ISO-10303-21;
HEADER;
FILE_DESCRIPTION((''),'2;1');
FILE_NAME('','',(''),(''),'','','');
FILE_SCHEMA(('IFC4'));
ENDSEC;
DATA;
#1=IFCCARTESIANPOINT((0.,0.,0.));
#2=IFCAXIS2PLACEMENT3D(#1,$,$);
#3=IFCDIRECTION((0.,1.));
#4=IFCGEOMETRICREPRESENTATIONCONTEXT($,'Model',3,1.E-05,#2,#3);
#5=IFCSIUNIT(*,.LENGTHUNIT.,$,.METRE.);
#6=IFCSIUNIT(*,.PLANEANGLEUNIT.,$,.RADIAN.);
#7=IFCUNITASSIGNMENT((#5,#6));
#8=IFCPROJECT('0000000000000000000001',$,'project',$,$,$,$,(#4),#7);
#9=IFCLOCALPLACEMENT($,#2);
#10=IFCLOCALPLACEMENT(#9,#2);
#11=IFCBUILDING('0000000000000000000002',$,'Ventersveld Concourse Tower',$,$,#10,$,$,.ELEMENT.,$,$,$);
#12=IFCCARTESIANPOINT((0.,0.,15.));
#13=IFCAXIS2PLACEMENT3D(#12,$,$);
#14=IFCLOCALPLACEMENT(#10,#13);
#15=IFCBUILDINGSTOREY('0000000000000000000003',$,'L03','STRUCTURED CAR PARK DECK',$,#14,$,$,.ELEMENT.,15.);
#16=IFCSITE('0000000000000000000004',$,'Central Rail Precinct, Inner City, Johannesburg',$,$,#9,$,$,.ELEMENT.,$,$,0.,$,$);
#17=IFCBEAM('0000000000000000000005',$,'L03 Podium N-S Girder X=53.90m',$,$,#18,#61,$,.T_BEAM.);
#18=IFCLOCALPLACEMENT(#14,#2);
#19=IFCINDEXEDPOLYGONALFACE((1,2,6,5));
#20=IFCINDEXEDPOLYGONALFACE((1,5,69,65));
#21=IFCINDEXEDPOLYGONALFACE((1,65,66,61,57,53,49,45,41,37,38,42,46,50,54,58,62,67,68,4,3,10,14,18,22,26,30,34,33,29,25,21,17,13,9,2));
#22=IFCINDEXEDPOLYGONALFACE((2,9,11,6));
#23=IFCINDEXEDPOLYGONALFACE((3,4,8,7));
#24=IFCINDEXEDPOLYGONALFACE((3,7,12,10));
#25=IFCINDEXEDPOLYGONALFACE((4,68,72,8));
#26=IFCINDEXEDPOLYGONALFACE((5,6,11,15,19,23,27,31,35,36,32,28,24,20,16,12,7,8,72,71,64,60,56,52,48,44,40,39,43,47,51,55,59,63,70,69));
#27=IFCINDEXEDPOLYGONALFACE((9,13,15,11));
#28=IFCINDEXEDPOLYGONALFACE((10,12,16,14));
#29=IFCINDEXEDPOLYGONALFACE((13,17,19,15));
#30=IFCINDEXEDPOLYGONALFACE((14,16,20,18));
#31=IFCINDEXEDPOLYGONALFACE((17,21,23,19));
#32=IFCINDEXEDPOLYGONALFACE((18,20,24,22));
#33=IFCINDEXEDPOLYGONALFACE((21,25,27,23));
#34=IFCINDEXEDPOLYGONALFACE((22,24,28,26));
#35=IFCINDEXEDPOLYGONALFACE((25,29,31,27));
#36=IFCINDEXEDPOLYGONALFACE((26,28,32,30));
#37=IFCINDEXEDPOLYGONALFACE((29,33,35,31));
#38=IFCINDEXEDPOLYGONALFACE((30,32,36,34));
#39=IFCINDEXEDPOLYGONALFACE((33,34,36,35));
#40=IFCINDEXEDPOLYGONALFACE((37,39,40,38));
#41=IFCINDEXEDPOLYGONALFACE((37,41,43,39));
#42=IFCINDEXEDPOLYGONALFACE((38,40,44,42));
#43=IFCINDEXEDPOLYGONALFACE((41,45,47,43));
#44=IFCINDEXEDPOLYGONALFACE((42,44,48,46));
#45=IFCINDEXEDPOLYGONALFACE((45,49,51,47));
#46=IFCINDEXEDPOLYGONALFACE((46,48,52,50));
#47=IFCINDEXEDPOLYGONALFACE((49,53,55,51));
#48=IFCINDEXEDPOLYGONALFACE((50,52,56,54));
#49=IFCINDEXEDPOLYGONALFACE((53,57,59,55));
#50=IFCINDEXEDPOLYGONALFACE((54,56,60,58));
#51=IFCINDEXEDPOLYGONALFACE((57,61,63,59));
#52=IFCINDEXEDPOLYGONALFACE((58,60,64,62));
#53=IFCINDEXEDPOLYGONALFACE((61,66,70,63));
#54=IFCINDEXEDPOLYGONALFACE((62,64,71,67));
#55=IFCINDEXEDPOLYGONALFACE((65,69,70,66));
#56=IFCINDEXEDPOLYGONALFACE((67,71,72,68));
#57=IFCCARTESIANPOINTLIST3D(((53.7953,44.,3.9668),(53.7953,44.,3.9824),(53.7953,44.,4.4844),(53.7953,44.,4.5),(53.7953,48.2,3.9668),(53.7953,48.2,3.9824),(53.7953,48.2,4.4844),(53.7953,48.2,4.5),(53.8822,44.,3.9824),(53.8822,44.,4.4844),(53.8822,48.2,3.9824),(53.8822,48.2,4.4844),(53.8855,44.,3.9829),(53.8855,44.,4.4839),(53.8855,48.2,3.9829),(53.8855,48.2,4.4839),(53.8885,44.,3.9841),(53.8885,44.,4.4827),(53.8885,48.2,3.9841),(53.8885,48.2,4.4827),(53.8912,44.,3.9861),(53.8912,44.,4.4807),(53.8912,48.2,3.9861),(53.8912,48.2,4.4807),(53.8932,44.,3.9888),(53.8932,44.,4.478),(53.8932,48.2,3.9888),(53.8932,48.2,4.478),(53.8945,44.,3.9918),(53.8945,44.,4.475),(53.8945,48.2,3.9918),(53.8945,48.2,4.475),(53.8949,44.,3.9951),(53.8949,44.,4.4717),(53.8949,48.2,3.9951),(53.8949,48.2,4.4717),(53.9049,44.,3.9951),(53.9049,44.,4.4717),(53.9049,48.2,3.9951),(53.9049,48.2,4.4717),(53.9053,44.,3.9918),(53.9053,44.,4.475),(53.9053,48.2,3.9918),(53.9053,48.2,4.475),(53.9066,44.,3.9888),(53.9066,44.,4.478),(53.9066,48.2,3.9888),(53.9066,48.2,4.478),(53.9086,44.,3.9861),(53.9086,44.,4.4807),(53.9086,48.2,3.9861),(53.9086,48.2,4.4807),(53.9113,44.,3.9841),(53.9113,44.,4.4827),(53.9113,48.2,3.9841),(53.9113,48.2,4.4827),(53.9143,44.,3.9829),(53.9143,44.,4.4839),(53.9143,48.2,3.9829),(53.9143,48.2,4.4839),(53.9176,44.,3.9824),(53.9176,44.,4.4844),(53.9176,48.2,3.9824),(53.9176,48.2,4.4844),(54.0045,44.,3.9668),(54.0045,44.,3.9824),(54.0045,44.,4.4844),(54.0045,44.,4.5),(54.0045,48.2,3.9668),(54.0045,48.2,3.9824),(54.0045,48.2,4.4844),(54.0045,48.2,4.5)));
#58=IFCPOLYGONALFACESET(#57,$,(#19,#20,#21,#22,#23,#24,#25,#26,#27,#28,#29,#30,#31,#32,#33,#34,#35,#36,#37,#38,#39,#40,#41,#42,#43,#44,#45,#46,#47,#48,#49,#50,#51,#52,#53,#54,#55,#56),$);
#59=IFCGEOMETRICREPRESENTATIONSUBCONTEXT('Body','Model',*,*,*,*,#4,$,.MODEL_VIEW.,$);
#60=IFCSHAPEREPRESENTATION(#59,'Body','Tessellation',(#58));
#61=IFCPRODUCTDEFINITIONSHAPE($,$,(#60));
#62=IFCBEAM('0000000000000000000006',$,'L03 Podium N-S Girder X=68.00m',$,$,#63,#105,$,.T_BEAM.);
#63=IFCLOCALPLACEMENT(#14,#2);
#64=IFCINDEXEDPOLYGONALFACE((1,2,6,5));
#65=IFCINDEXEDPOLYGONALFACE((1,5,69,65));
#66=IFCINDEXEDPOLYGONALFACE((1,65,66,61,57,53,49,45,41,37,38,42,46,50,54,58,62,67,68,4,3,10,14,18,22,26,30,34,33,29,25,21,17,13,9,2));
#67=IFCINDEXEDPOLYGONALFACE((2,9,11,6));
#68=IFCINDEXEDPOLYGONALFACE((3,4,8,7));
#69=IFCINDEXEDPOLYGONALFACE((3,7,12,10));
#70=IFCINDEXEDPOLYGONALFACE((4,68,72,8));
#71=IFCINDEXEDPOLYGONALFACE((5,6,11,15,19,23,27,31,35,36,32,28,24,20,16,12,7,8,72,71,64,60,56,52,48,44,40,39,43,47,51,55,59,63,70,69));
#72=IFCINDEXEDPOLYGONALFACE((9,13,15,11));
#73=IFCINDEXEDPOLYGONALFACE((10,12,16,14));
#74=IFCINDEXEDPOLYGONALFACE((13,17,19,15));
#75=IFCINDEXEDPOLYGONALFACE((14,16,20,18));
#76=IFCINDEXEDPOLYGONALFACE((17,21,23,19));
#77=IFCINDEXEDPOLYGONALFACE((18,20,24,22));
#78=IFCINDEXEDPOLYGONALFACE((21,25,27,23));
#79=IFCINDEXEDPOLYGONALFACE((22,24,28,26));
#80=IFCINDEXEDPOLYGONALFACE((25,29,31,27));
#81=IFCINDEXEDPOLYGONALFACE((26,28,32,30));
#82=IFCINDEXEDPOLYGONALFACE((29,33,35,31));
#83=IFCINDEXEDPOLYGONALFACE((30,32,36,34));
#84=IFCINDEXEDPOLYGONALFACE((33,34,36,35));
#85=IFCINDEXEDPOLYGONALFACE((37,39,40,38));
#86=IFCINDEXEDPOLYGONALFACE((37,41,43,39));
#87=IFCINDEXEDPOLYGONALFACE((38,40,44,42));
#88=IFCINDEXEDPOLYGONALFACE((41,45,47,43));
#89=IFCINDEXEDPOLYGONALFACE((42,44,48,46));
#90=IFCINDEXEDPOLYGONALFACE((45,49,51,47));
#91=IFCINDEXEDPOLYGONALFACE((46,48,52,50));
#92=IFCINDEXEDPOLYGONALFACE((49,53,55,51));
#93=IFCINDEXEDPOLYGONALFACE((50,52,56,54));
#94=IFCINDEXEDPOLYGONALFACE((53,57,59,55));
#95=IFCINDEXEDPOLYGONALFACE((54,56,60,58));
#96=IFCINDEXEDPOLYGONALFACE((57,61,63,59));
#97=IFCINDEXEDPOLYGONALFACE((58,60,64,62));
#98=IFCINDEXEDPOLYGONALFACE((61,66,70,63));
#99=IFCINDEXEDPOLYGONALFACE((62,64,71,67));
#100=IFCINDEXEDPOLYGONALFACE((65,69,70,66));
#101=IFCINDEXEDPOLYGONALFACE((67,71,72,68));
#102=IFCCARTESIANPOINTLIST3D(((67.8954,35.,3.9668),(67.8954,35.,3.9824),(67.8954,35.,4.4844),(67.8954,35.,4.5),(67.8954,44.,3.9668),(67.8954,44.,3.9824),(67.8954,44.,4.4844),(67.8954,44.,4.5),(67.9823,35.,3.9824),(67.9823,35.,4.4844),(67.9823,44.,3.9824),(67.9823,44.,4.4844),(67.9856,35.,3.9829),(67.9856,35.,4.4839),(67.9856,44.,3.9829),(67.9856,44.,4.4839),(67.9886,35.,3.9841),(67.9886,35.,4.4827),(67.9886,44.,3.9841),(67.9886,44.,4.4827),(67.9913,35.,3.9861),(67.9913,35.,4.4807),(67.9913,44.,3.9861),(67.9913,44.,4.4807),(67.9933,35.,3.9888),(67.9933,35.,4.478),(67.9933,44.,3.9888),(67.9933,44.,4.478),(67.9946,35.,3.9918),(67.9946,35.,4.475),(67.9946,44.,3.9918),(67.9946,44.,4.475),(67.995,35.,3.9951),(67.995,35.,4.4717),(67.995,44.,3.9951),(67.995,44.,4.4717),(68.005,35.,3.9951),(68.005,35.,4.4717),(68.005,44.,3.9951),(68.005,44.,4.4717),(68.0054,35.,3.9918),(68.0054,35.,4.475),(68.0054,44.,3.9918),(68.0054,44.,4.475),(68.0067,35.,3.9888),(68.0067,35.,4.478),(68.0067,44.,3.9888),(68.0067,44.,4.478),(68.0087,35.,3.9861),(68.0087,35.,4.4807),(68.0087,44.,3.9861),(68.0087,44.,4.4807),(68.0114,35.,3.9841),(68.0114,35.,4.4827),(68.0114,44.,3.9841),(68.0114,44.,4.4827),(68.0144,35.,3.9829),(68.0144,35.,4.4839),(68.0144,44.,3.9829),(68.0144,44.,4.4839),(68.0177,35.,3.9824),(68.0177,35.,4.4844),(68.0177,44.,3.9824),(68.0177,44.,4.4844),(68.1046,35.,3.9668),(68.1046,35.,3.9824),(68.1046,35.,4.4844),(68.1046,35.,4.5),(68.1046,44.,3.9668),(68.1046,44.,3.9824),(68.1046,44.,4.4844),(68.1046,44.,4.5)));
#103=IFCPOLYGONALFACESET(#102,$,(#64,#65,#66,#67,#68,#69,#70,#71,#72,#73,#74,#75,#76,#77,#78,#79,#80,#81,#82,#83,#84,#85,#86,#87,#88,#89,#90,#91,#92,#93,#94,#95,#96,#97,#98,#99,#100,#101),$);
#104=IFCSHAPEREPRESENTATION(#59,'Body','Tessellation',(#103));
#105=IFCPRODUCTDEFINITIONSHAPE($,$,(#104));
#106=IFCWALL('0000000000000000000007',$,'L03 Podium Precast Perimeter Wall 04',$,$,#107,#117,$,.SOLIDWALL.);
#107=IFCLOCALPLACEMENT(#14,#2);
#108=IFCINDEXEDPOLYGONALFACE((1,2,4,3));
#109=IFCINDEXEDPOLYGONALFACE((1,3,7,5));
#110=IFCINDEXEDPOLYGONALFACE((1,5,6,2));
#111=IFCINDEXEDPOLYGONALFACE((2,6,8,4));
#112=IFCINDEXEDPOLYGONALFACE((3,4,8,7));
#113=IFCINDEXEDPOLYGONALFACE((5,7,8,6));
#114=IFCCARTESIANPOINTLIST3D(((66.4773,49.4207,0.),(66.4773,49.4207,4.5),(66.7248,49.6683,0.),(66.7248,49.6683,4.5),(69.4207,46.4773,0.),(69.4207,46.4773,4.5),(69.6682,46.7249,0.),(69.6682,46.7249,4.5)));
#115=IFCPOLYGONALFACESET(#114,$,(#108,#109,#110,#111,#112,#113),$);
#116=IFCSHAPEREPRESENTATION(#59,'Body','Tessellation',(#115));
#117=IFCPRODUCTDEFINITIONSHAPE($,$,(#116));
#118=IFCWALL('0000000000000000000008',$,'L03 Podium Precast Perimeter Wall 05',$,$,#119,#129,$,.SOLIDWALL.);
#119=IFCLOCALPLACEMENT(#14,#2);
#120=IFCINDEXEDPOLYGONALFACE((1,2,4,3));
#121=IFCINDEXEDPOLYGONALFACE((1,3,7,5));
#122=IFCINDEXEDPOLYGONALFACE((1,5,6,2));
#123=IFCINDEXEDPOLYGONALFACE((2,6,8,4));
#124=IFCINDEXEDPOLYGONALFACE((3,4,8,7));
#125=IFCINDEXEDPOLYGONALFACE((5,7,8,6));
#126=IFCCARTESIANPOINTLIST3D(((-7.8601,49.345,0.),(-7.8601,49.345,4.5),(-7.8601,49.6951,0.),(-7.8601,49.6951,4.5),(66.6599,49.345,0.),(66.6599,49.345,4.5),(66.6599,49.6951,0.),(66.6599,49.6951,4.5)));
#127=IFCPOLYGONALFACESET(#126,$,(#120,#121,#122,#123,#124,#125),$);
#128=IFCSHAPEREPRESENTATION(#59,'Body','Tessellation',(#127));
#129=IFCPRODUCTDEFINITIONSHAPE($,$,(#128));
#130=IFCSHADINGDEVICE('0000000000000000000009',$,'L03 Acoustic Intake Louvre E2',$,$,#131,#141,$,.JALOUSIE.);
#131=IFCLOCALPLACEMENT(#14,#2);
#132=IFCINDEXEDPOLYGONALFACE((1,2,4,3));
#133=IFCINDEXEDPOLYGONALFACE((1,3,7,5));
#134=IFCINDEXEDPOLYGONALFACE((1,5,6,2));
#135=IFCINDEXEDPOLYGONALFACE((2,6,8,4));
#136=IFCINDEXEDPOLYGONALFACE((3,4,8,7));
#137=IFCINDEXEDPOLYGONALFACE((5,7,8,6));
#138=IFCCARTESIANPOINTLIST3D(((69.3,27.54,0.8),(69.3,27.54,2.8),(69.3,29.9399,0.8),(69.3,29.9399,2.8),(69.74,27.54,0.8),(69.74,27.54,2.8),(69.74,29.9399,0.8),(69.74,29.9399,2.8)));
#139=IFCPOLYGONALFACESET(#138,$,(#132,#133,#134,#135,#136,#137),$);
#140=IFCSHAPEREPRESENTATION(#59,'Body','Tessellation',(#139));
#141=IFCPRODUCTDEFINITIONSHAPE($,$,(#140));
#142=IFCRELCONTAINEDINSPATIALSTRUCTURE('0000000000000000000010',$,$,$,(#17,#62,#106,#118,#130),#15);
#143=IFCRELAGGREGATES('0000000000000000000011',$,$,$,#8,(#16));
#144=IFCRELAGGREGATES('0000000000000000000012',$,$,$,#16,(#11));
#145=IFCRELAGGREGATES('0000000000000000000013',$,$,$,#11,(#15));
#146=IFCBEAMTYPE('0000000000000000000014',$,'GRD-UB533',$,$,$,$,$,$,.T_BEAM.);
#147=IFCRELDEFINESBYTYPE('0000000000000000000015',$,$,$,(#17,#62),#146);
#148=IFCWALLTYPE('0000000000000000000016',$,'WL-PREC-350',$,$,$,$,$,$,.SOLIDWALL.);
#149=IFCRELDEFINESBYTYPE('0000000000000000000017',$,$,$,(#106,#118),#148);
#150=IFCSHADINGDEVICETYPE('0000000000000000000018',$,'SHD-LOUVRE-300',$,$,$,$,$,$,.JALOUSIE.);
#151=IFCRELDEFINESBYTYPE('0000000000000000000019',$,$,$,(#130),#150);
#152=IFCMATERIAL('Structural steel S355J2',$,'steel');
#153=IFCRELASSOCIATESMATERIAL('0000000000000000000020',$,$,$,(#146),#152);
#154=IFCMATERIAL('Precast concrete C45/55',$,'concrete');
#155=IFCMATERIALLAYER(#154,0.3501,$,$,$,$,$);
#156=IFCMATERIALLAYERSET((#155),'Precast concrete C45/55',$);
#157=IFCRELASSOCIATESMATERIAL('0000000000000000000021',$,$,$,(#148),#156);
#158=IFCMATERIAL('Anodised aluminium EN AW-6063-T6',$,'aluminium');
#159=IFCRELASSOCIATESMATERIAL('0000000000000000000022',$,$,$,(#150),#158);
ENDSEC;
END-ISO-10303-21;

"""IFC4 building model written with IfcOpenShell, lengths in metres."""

from ifc_helpers import new_model, si_unit, direction, frame, frame_2d, origin, origin_2d, place, context, subcontext, project, spatial, rectangle, i_section, extrude, material, layer, layer_set, material_profile, profile_set, type_object, element, save


model = new_model("IFC4")

# Units and contexts
model_context = context("Model", 3, precision=1e-05, world=origin(), true_north=direction((0.0, 1.0)))
body_context = subcontext(model_context, "Body", "Model", "MODEL_VIEW")
ifc_project = project(units=[si_unit("LENGTHUNIT", "METRE"), si_unit("PLANEANGLEUNIT", "RADIAN")], contexts=[model_context])

# Site, building, storey
site_placement = place(None, origin())
site = spatial("IfcSite", under=ifc_project, at=site_placement, Name="Central Rail Precinct, Inner City, Johannesburg", CompositionType="ELEMENT", RefElevation=0.0)
building_placement = place(site_placement, origin())
building = spatial("IfcBuilding", under=site, at=building_placement, Name="Ventersveld Concourse Tower", CompositionType="ELEMENT")
storey_placement = place(building_placement, frame((0.0, 0.0, 15.0)))
storey = spatial("IfcBuildingStorey", under=building, at=storey_placement, Name="L03", Description="STRUCTURED CAR PARK DECK", CompositionType="ELEMENT", Elevation=15.0)

# Beams
ifc_material_1 = material(Name="Structural steel S355J2", Category="steel")
ifc_material_profile_1 = material_profile(ifc_material_1, i_section(OverallWidth=0.2092, OverallDepth=0.5332, WebThickness=0.01, FlangeThickness=0.0156, FilletRadius=0.0127, at=origin_2d()), Name="UB 533x210x92")
ifc_profile_set_1 = profile_set([ifc_material_profile_1], Name="Structural steel S355J2")
beam_type_1 = type_object("IfcBeamType", Name="GRD-UB533", PredefinedType="T_BEAM", material=ifc_profile_set_1)
beam_1_placement = place(storey_placement, frame((53.8999, 44.0, 4.2334), z_axis=(0.0, 1.0, 0.0), x_axis=(-1.0, 0.0, 0.0)))
element("IfcBeam", 1, at=beam_1_placement, inside=storey, type_object=beam_type_1, Name="L03 Podium N-S Girder X=53.90m", PredefinedType="T_BEAM", context=body_context, shape_type="SweptSolid", body=[
    extrude(i_section(OverallWidth=0.2092, OverallDepth=0.5332, WebThickness=0.01, FlangeThickness=0.0156, FilletRadius=0.0127, at=origin_2d()), origin(), (0.0, 0.0, 1.0), 4.2),
])
beam_2_placement = place(storey_placement, frame((68.0, 35.0, 4.2334), z_axis=(0.0, 1.0, 0.0), x_axis=(-1.0, 0.0, 0.0)))
element("IfcBeam", 2, at=beam_2_placement, inside=storey, type_object=beam_type_1, Name="L03 Podium N-S Girder X=68.00m", PredefinedType="T_BEAM", context=body_context, shape_type="SweptSolid", body=[
    extrude(i_section(OverallWidth=0.2092, OverallDepth=0.5332, WebThickness=0.01, FlangeThickness=0.0156, FilletRadius=0.0127, at=origin_2d()), origin(), (0.0, 0.0, 1.0), 9.0),
])

# Walls
ifc_material_2 = material(Name="Precast concrete C45/55", Category="concrete")
ifc_layer = layer(ifc_material_2, 0.3501)
ifc_layer_set = layer_set([ifc_layer], Name="Precast concrete C45/55")
wall_type = type_object("IfcWallType", Name="WL-PREC-350", PredefinedType="SOLIDWALL", material=ifc_layer_set)
wall_1_placement = place(storey_placement, frame((69.5444, 46.6011, 0.0), z_axis=(0.0, 0.0, 1.0), x_axis=(-0.707107, 0.707107, 0.0)))
element("IfcWall", 3, at=wall_1_placement, inside=storey, type_object=wall_type, Name="L03 Podium Precast Perimeter Wall 04", PredefinedType="SOLIDWALL", context=body_context, shape_type="SweptSolid", body=[
    extrude(rectangle(XDim=4.1626, YDim=0.3501, at=frame_2d((2.0813, 0.0))), origin(), (0.0, 0.0, 1.0), 4.5),
])
wall_2_placement = place(storey_placement, frame((66.6599, 49.52, 0.0), z_axis=(0.0, 0.0, 1.0), x_axis=(-1.0, 0.0, 0.0)))
element("IfcWall", 4, at=wall_2_placement, inside=storey, type_object=wall_type, Name="L03 Podium Precast Perimeter Wall 05", PredefinedType="SOLIDWALL", context=body_context, shape_type="SweptSolid", body=[
    extrude(rectangle(XDim=74.52, YDim=0.3501, at=frame_2d((37.26, 0.0))), origin(), (0.0, 0.0, 1.0), 4.5),
])

# Shading device
ifc_material_3 = material(Name="Anodised aluminium EN AW-6063-T6", Category="aluminium")
shading_device_type = type_object("IfcShadingDeviceType", Name="SHD-LOUVRE-300", PredefinedType="JALOUSIE", material=ifc_material_3)
shading_device_placement = place(storey_placement, frame((69.52, 28.74, 0.8), z_axis=(0.0, 0.0, 1.0), x_axis=(0.0, 1.0, 0.0)))
element("IfcShadingDevice", 5, at=shading_device_placement, inside=storey, type_object=shading_device_type, Name="L03 Acoustic Intake Louvre E2", PredefinedType="JALOUSIE", context=body_context, shape_type="SweptSolid", body=[
    extrude(rectangle(XDim=2.3999, YDim=0.4399, at=origin_2d()), origin(), (0.0, 0.0, 1.0), 2.0),
])

save(model, "model.ifc")
